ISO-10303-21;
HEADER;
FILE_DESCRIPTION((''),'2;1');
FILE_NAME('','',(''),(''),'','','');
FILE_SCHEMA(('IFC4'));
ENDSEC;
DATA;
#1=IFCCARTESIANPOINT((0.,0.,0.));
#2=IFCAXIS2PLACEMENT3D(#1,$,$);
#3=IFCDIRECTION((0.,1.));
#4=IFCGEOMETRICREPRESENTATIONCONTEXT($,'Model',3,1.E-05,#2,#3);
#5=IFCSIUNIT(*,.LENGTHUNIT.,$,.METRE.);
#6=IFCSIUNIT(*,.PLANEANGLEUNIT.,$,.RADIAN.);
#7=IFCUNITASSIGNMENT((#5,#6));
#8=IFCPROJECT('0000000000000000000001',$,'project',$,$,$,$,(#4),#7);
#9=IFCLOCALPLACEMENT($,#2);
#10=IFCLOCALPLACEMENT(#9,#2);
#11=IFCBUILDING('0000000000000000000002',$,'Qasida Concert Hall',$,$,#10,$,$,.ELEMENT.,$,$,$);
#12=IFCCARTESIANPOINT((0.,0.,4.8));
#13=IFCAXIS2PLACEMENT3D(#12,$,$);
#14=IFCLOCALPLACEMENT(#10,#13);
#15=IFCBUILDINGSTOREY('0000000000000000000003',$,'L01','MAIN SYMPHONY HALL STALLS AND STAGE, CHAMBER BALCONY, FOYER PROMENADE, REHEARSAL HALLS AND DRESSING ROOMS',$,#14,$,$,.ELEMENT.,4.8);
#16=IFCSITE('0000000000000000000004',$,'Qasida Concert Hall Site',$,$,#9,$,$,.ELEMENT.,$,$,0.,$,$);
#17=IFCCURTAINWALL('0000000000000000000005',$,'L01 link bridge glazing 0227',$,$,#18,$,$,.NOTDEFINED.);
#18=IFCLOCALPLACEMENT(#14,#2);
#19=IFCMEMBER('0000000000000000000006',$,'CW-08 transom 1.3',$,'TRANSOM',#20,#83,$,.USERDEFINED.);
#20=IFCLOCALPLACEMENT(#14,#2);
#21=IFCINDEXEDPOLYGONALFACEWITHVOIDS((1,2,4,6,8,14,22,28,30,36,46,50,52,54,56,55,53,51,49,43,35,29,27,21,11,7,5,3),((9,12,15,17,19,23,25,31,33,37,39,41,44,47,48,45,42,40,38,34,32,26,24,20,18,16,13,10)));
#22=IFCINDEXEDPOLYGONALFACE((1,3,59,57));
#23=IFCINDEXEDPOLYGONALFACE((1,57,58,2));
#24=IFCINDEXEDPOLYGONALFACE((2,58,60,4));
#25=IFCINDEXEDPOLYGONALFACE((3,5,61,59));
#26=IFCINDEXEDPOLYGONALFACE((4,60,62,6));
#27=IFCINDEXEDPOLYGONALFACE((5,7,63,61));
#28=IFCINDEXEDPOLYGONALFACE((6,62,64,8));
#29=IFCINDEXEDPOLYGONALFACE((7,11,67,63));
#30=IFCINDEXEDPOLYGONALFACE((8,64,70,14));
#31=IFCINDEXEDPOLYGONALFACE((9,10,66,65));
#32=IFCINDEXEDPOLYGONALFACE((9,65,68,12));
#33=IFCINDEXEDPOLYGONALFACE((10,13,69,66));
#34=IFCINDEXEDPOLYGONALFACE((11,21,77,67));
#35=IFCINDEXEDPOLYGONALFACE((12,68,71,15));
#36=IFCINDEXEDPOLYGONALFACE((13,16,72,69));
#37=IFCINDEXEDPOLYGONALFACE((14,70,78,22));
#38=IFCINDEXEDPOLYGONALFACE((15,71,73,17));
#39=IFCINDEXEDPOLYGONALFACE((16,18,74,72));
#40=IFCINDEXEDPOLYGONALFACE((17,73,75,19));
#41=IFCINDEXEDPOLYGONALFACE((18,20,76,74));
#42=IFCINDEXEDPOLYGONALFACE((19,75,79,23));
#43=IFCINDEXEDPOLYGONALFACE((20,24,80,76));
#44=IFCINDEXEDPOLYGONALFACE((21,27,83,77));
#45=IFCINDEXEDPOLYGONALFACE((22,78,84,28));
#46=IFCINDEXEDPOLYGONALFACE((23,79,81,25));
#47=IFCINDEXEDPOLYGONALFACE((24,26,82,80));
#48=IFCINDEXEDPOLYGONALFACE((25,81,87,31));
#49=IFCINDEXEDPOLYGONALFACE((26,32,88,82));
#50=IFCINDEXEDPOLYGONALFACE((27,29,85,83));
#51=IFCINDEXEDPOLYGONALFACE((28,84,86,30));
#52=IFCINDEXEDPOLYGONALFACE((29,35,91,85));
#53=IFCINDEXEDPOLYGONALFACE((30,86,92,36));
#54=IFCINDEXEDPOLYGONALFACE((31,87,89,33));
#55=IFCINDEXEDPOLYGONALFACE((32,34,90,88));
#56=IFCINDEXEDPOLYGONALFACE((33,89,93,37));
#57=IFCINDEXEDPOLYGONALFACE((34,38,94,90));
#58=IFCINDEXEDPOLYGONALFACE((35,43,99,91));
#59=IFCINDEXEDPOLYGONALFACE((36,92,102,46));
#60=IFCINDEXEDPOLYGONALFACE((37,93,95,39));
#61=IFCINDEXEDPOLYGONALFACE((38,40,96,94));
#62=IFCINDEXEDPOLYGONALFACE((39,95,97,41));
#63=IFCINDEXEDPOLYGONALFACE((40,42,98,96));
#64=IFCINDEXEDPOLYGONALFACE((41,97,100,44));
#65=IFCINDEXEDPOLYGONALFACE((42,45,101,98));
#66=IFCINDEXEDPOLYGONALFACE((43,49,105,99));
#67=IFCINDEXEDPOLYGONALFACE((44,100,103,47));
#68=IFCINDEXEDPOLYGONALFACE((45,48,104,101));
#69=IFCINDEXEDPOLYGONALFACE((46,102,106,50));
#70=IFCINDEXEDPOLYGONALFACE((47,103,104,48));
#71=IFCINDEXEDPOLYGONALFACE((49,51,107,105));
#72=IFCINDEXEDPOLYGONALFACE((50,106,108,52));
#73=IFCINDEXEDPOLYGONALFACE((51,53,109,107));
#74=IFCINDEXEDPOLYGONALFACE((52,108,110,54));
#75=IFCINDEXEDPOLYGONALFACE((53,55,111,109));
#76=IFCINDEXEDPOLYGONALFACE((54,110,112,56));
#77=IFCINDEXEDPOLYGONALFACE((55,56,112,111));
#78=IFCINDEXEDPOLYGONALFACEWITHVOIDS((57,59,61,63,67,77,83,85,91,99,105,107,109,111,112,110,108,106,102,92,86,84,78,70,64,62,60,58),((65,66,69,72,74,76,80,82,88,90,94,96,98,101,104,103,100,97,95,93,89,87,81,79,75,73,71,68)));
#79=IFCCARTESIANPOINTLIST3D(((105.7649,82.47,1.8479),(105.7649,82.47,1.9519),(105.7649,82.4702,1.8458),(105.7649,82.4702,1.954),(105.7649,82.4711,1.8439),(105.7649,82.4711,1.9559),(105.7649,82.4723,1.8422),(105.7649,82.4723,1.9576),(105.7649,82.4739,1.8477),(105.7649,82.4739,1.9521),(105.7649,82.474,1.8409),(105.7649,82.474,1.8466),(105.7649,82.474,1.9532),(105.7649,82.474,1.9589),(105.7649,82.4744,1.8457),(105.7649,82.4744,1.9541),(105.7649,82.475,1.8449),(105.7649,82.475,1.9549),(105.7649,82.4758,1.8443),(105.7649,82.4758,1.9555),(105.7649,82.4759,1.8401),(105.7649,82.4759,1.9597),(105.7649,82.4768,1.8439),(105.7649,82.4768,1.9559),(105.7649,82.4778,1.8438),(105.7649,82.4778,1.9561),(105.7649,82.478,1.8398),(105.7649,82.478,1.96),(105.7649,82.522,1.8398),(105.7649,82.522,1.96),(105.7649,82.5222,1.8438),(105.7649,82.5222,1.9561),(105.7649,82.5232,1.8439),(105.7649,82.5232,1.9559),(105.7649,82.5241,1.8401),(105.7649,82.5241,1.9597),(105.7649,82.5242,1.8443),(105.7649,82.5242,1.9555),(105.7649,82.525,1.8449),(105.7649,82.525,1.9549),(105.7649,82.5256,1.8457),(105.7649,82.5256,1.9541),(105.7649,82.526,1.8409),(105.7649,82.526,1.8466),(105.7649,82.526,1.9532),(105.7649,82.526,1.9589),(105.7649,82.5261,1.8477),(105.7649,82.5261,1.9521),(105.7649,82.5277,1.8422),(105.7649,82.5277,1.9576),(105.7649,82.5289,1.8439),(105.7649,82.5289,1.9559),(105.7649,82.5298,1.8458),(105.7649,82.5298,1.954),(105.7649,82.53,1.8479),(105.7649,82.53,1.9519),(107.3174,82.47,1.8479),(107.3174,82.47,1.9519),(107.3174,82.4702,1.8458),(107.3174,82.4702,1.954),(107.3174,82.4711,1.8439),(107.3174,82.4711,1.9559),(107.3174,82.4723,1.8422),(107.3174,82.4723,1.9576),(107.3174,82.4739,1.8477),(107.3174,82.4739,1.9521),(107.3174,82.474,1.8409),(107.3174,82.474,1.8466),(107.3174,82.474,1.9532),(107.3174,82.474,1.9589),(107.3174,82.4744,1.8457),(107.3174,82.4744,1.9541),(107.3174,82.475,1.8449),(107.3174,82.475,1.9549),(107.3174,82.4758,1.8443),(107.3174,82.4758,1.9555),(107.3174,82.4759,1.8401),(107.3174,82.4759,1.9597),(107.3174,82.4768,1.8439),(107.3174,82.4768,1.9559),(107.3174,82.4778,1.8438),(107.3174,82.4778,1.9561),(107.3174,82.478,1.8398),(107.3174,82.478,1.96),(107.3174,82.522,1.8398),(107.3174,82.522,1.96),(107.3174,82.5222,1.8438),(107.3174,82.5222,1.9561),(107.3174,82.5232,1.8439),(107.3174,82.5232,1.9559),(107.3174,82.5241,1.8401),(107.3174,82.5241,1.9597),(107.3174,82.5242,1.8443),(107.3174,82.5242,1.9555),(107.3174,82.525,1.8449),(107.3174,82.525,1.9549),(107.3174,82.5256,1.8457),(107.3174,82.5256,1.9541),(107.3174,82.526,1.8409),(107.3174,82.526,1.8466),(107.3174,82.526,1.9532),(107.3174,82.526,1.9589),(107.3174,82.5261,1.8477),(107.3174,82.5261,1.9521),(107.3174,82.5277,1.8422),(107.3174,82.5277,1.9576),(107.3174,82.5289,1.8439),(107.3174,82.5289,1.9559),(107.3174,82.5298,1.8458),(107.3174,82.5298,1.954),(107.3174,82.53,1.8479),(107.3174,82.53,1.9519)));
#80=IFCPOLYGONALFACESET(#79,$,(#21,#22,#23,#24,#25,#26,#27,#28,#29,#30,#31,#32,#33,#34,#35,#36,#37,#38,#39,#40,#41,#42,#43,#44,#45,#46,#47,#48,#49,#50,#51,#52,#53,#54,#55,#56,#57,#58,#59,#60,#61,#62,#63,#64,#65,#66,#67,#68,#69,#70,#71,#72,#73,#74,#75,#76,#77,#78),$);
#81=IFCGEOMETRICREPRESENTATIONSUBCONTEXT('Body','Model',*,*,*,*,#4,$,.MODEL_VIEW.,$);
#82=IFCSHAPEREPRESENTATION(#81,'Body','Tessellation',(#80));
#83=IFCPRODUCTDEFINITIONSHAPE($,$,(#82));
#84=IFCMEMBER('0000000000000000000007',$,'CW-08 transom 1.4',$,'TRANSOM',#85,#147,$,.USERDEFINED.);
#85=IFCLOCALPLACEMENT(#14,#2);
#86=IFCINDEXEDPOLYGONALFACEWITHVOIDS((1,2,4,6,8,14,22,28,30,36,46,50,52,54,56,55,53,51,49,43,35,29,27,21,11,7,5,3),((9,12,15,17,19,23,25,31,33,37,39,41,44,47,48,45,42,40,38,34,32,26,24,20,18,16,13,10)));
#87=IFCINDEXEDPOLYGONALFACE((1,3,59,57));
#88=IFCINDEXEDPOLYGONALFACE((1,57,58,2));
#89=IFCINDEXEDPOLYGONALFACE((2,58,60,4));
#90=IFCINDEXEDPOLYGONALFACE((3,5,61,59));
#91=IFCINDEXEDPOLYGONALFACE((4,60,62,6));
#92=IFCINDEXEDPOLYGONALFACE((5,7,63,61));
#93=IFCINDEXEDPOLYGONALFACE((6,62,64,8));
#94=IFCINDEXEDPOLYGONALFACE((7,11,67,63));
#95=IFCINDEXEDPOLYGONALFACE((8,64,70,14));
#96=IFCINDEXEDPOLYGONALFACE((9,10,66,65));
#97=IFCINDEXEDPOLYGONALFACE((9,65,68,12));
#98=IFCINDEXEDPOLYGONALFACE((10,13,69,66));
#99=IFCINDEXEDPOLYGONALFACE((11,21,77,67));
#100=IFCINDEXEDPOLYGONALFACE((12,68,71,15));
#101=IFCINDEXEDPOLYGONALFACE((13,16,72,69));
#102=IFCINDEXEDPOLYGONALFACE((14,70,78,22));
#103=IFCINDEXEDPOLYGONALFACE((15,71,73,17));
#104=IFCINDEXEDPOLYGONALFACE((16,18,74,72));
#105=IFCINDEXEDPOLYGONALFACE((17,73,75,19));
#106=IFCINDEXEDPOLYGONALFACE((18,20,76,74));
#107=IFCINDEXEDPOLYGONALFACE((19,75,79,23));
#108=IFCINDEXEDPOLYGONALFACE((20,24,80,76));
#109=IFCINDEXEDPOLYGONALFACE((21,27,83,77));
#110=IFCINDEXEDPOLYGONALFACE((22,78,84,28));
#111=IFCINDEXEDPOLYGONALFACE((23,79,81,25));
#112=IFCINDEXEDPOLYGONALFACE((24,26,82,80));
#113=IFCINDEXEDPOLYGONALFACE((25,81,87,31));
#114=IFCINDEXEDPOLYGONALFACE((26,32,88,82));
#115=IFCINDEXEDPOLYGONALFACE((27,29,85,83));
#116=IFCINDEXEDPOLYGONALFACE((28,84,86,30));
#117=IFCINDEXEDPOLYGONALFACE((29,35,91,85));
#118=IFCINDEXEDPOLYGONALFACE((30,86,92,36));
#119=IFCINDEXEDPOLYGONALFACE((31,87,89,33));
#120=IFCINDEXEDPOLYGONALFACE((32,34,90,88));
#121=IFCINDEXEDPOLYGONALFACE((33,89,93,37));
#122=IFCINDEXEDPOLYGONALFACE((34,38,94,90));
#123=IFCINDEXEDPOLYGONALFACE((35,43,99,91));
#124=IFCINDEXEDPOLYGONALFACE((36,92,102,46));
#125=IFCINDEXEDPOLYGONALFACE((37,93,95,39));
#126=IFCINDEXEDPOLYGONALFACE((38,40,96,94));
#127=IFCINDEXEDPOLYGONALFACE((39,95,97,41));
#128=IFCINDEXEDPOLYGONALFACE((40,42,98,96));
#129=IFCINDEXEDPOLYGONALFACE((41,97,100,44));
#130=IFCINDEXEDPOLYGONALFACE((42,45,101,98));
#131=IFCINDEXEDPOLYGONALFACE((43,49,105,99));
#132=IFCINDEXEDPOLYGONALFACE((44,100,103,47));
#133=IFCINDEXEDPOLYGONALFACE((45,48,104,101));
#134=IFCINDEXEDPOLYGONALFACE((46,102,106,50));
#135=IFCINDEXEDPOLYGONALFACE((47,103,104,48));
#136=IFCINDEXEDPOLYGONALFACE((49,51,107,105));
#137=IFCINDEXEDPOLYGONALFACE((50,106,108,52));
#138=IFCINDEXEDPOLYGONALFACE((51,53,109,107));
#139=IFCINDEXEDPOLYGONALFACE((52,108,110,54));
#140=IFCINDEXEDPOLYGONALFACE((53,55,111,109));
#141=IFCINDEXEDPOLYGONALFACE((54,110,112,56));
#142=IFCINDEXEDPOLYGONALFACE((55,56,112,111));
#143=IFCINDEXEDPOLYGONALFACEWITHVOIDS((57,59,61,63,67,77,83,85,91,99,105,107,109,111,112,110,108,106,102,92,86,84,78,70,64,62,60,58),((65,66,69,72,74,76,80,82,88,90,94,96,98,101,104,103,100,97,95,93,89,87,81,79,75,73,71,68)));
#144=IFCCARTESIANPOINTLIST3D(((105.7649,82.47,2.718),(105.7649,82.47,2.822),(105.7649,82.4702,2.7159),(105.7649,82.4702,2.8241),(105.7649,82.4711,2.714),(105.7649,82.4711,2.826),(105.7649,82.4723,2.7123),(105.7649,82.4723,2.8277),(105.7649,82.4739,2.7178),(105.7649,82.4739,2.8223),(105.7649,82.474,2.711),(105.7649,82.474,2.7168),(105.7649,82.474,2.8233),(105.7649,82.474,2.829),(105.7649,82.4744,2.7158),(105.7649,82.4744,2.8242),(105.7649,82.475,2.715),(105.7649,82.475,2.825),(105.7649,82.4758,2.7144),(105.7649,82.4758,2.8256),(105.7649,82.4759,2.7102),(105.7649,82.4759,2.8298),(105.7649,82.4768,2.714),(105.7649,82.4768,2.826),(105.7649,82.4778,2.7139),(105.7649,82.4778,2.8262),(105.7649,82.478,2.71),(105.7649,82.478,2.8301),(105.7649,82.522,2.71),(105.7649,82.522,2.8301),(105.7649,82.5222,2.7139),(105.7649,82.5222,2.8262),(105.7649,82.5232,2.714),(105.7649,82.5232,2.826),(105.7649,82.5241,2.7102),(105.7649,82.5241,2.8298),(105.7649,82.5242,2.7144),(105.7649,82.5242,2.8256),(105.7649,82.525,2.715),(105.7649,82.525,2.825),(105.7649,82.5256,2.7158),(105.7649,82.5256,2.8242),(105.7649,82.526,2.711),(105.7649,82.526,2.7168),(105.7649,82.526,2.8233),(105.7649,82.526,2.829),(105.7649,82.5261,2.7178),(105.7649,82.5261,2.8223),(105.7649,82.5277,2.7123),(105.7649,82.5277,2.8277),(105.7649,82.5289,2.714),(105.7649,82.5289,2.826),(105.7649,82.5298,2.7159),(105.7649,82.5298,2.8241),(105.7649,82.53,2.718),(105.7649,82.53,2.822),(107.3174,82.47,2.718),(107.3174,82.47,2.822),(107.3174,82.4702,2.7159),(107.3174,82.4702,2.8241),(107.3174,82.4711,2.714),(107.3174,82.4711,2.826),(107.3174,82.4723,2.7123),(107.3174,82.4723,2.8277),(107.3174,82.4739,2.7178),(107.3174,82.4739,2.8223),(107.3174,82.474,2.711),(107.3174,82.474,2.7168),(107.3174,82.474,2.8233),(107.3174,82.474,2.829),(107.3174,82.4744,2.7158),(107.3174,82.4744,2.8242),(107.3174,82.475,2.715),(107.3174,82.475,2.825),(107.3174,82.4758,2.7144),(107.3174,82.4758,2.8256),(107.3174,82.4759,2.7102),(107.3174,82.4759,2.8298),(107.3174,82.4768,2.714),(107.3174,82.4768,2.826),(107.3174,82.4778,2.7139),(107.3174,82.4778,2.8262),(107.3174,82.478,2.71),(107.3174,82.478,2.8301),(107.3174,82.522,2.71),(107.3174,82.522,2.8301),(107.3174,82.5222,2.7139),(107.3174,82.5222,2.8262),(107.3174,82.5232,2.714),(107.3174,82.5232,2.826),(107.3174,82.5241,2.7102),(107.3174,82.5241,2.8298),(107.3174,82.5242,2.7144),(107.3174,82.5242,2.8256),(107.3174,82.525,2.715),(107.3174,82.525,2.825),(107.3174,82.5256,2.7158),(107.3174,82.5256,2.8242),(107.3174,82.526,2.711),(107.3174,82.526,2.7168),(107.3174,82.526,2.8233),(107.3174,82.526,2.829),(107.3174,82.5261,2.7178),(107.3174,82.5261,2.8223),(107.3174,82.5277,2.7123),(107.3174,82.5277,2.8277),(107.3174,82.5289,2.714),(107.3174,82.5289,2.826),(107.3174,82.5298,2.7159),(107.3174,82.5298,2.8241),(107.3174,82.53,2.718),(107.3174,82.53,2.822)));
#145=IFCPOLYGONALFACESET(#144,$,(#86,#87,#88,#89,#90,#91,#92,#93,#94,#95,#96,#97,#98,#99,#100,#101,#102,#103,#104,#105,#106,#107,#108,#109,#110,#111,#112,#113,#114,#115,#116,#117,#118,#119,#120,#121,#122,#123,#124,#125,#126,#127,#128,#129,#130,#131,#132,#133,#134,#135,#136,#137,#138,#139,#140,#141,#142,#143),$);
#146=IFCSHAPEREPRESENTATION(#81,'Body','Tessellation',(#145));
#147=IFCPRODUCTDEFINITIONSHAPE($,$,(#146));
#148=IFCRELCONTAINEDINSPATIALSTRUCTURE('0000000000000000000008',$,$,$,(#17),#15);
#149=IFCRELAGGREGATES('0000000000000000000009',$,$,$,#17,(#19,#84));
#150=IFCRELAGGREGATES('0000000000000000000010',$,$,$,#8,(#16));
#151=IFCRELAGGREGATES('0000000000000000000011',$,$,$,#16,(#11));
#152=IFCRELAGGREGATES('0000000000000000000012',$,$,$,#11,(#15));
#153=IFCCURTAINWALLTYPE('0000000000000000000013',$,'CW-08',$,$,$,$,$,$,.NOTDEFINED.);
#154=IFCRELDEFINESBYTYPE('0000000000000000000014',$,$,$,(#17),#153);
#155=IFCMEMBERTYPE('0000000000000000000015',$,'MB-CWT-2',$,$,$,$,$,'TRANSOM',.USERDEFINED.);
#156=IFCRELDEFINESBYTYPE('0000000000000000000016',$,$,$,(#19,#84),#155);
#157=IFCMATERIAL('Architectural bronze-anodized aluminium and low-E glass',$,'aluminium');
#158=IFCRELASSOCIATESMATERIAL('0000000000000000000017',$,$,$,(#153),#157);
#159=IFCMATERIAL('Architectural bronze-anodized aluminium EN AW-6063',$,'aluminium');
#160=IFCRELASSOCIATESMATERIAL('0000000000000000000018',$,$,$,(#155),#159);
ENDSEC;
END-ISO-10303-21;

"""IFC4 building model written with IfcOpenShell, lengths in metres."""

from ifc_helpers import new_model, si_unit, direction, frame, origin, origin_2d, place, context, subcontext, project, spatial, hollow_rectangle, extrude, material, material_profile, profile_set, type_object, element, aggregate, save


model = new_model("IFC4")

# Units and contexts
model_context = context("Model", 3, precision=1e-05, world=origin(), true_north=direction((0.0, 1.0)))
body_context = subcontext(model_context, "Body", "Model", "MODEL_VIEW")
ifc_project = project(units=[si_unit("LENGTHUNIT", "METRE"), si_unit("PLANEANGLEUNIT", "RADIAN")], contexts=[model_context])

# Site, building, storey
site_placement = place(None, origin())
site = spatial("IfcSite", under=ifc_project, at=site_placement, Name="Qasida Concert Hall Site", CompositionType="ELEMENT", RefElevation=0.0)
building_placement = place(site_placement, origin())
building = spatial("IfcBuilding", under=site, at=building_placement, Name="Qasida Concert Hall", CompositionType="ELEMENT")
storey_placement = place(building_placement, frame((0.0, 0.0, 4.8)))
storey = spatial("IfcBuildingStorey", under=building, at=storey_placement, Name="L01", Description="MAIN SYMPHONY HALL STALLS AND STAGE, CHAMBER BALCONY, FOYER PROMENADE, REHEARSAL HALLS AND DRESSING ROOMS", CompositionType="ELEMENT", Elevation=4.8)

# Curtain wall, members
ifc_material_1 = material(Name="Architectural bronze-anodized aluminium and low-E glass", Category="aluminium")
curtain_wall_type = type_object("IfcCurtainWallType", Name="CW-08", PredefinedType="NOTDEFINED", material=ifc_material_1)
curtain_wall_placement = place(storey_placement, origin())
curtain_wall = element("IfcCurtainWall", 1, at=curtain_wall_placement, inside=storey, type_object=curtain_wall_type, Name="L01 link bridge glazing 0227", PredefinedType="NOTDEFINED")
ifc_material_2 = material(Name="Architectural bronze-anodized aluminium EN AW-6063", Category="aluminium")
ifc_material_profile_1 = material_profile(ifc_material_2, hollow_rectangle(XDim=0.0601, YDim=0.1201, WallThickness=0.0039, InnerFilletRadius=0.0039, OuterFilletRadius=0.0081, at=origin_2d()), Name="CWT 120x60x4")
ifc_profile_set_1 = profile_set([ifc_material_profile_1], Name="Architectural bronze-anodized aluminium EN AW-6063")
member_type_1 = type_object("IfcMemberType", Name="MB-CWT-2", ElementType="TRANSOM", PredefinedType="USERDEFINED", material=ifc_profile_set_1)
member_1_placement = place(storey_placement, frame((105.7649, 82.5, 1.8999), z_axis=(1.0, 0.0, 0.0), x_axis=(0.0, 1.0, 0.0)))
member_1 = element("IfcMember", 2, at=member_1_placement, type_object=member_type_1, Name="CW-08 transom 1.3", ObjectType="TRANSOM", PredefinedType="USERDEFINED", context=body_context, shape_type="SweptSolid", body=[
    extrude(hollow_rectangle(XDim=0.0601, YDim=0.1201, WallThickness=0.0039, InnerFilletRadius=0.0039, OuterFilletRadius=0.0081, at=origin_2d()), origin(), (0.0, 0.0, 1.0), 1.5525),
])
member_2_placement = place(storey_placement, frame((105.7649, 82.5, 2.77), z_axis=(1.0, 0.0, 0.0), x_axis=(0.0, 1.0, 0.0)))
member_2 = element("IfcMember", 3, at=member_2_placement, type_object=member_type_1, Name="CW-08 transom 1.4", ObjectType="TRANSOM", PredefinedType="USERDEFINED", context=body_context, shape_type="SweptSolid", body=[
    extrude(hollow_rectangle(XDim=0.0601, YDim=0.1201, WallThickness=0.0039, InnerFilletRadius=0.0039, OuterFilletRadius=0.0081, at=origin_2d()), origin(), (0.0, 0.0, 1.0), 1.5525),
])
aggregate(curtain_wall, [member_1, member_2])

save(model, "model.ifc")
